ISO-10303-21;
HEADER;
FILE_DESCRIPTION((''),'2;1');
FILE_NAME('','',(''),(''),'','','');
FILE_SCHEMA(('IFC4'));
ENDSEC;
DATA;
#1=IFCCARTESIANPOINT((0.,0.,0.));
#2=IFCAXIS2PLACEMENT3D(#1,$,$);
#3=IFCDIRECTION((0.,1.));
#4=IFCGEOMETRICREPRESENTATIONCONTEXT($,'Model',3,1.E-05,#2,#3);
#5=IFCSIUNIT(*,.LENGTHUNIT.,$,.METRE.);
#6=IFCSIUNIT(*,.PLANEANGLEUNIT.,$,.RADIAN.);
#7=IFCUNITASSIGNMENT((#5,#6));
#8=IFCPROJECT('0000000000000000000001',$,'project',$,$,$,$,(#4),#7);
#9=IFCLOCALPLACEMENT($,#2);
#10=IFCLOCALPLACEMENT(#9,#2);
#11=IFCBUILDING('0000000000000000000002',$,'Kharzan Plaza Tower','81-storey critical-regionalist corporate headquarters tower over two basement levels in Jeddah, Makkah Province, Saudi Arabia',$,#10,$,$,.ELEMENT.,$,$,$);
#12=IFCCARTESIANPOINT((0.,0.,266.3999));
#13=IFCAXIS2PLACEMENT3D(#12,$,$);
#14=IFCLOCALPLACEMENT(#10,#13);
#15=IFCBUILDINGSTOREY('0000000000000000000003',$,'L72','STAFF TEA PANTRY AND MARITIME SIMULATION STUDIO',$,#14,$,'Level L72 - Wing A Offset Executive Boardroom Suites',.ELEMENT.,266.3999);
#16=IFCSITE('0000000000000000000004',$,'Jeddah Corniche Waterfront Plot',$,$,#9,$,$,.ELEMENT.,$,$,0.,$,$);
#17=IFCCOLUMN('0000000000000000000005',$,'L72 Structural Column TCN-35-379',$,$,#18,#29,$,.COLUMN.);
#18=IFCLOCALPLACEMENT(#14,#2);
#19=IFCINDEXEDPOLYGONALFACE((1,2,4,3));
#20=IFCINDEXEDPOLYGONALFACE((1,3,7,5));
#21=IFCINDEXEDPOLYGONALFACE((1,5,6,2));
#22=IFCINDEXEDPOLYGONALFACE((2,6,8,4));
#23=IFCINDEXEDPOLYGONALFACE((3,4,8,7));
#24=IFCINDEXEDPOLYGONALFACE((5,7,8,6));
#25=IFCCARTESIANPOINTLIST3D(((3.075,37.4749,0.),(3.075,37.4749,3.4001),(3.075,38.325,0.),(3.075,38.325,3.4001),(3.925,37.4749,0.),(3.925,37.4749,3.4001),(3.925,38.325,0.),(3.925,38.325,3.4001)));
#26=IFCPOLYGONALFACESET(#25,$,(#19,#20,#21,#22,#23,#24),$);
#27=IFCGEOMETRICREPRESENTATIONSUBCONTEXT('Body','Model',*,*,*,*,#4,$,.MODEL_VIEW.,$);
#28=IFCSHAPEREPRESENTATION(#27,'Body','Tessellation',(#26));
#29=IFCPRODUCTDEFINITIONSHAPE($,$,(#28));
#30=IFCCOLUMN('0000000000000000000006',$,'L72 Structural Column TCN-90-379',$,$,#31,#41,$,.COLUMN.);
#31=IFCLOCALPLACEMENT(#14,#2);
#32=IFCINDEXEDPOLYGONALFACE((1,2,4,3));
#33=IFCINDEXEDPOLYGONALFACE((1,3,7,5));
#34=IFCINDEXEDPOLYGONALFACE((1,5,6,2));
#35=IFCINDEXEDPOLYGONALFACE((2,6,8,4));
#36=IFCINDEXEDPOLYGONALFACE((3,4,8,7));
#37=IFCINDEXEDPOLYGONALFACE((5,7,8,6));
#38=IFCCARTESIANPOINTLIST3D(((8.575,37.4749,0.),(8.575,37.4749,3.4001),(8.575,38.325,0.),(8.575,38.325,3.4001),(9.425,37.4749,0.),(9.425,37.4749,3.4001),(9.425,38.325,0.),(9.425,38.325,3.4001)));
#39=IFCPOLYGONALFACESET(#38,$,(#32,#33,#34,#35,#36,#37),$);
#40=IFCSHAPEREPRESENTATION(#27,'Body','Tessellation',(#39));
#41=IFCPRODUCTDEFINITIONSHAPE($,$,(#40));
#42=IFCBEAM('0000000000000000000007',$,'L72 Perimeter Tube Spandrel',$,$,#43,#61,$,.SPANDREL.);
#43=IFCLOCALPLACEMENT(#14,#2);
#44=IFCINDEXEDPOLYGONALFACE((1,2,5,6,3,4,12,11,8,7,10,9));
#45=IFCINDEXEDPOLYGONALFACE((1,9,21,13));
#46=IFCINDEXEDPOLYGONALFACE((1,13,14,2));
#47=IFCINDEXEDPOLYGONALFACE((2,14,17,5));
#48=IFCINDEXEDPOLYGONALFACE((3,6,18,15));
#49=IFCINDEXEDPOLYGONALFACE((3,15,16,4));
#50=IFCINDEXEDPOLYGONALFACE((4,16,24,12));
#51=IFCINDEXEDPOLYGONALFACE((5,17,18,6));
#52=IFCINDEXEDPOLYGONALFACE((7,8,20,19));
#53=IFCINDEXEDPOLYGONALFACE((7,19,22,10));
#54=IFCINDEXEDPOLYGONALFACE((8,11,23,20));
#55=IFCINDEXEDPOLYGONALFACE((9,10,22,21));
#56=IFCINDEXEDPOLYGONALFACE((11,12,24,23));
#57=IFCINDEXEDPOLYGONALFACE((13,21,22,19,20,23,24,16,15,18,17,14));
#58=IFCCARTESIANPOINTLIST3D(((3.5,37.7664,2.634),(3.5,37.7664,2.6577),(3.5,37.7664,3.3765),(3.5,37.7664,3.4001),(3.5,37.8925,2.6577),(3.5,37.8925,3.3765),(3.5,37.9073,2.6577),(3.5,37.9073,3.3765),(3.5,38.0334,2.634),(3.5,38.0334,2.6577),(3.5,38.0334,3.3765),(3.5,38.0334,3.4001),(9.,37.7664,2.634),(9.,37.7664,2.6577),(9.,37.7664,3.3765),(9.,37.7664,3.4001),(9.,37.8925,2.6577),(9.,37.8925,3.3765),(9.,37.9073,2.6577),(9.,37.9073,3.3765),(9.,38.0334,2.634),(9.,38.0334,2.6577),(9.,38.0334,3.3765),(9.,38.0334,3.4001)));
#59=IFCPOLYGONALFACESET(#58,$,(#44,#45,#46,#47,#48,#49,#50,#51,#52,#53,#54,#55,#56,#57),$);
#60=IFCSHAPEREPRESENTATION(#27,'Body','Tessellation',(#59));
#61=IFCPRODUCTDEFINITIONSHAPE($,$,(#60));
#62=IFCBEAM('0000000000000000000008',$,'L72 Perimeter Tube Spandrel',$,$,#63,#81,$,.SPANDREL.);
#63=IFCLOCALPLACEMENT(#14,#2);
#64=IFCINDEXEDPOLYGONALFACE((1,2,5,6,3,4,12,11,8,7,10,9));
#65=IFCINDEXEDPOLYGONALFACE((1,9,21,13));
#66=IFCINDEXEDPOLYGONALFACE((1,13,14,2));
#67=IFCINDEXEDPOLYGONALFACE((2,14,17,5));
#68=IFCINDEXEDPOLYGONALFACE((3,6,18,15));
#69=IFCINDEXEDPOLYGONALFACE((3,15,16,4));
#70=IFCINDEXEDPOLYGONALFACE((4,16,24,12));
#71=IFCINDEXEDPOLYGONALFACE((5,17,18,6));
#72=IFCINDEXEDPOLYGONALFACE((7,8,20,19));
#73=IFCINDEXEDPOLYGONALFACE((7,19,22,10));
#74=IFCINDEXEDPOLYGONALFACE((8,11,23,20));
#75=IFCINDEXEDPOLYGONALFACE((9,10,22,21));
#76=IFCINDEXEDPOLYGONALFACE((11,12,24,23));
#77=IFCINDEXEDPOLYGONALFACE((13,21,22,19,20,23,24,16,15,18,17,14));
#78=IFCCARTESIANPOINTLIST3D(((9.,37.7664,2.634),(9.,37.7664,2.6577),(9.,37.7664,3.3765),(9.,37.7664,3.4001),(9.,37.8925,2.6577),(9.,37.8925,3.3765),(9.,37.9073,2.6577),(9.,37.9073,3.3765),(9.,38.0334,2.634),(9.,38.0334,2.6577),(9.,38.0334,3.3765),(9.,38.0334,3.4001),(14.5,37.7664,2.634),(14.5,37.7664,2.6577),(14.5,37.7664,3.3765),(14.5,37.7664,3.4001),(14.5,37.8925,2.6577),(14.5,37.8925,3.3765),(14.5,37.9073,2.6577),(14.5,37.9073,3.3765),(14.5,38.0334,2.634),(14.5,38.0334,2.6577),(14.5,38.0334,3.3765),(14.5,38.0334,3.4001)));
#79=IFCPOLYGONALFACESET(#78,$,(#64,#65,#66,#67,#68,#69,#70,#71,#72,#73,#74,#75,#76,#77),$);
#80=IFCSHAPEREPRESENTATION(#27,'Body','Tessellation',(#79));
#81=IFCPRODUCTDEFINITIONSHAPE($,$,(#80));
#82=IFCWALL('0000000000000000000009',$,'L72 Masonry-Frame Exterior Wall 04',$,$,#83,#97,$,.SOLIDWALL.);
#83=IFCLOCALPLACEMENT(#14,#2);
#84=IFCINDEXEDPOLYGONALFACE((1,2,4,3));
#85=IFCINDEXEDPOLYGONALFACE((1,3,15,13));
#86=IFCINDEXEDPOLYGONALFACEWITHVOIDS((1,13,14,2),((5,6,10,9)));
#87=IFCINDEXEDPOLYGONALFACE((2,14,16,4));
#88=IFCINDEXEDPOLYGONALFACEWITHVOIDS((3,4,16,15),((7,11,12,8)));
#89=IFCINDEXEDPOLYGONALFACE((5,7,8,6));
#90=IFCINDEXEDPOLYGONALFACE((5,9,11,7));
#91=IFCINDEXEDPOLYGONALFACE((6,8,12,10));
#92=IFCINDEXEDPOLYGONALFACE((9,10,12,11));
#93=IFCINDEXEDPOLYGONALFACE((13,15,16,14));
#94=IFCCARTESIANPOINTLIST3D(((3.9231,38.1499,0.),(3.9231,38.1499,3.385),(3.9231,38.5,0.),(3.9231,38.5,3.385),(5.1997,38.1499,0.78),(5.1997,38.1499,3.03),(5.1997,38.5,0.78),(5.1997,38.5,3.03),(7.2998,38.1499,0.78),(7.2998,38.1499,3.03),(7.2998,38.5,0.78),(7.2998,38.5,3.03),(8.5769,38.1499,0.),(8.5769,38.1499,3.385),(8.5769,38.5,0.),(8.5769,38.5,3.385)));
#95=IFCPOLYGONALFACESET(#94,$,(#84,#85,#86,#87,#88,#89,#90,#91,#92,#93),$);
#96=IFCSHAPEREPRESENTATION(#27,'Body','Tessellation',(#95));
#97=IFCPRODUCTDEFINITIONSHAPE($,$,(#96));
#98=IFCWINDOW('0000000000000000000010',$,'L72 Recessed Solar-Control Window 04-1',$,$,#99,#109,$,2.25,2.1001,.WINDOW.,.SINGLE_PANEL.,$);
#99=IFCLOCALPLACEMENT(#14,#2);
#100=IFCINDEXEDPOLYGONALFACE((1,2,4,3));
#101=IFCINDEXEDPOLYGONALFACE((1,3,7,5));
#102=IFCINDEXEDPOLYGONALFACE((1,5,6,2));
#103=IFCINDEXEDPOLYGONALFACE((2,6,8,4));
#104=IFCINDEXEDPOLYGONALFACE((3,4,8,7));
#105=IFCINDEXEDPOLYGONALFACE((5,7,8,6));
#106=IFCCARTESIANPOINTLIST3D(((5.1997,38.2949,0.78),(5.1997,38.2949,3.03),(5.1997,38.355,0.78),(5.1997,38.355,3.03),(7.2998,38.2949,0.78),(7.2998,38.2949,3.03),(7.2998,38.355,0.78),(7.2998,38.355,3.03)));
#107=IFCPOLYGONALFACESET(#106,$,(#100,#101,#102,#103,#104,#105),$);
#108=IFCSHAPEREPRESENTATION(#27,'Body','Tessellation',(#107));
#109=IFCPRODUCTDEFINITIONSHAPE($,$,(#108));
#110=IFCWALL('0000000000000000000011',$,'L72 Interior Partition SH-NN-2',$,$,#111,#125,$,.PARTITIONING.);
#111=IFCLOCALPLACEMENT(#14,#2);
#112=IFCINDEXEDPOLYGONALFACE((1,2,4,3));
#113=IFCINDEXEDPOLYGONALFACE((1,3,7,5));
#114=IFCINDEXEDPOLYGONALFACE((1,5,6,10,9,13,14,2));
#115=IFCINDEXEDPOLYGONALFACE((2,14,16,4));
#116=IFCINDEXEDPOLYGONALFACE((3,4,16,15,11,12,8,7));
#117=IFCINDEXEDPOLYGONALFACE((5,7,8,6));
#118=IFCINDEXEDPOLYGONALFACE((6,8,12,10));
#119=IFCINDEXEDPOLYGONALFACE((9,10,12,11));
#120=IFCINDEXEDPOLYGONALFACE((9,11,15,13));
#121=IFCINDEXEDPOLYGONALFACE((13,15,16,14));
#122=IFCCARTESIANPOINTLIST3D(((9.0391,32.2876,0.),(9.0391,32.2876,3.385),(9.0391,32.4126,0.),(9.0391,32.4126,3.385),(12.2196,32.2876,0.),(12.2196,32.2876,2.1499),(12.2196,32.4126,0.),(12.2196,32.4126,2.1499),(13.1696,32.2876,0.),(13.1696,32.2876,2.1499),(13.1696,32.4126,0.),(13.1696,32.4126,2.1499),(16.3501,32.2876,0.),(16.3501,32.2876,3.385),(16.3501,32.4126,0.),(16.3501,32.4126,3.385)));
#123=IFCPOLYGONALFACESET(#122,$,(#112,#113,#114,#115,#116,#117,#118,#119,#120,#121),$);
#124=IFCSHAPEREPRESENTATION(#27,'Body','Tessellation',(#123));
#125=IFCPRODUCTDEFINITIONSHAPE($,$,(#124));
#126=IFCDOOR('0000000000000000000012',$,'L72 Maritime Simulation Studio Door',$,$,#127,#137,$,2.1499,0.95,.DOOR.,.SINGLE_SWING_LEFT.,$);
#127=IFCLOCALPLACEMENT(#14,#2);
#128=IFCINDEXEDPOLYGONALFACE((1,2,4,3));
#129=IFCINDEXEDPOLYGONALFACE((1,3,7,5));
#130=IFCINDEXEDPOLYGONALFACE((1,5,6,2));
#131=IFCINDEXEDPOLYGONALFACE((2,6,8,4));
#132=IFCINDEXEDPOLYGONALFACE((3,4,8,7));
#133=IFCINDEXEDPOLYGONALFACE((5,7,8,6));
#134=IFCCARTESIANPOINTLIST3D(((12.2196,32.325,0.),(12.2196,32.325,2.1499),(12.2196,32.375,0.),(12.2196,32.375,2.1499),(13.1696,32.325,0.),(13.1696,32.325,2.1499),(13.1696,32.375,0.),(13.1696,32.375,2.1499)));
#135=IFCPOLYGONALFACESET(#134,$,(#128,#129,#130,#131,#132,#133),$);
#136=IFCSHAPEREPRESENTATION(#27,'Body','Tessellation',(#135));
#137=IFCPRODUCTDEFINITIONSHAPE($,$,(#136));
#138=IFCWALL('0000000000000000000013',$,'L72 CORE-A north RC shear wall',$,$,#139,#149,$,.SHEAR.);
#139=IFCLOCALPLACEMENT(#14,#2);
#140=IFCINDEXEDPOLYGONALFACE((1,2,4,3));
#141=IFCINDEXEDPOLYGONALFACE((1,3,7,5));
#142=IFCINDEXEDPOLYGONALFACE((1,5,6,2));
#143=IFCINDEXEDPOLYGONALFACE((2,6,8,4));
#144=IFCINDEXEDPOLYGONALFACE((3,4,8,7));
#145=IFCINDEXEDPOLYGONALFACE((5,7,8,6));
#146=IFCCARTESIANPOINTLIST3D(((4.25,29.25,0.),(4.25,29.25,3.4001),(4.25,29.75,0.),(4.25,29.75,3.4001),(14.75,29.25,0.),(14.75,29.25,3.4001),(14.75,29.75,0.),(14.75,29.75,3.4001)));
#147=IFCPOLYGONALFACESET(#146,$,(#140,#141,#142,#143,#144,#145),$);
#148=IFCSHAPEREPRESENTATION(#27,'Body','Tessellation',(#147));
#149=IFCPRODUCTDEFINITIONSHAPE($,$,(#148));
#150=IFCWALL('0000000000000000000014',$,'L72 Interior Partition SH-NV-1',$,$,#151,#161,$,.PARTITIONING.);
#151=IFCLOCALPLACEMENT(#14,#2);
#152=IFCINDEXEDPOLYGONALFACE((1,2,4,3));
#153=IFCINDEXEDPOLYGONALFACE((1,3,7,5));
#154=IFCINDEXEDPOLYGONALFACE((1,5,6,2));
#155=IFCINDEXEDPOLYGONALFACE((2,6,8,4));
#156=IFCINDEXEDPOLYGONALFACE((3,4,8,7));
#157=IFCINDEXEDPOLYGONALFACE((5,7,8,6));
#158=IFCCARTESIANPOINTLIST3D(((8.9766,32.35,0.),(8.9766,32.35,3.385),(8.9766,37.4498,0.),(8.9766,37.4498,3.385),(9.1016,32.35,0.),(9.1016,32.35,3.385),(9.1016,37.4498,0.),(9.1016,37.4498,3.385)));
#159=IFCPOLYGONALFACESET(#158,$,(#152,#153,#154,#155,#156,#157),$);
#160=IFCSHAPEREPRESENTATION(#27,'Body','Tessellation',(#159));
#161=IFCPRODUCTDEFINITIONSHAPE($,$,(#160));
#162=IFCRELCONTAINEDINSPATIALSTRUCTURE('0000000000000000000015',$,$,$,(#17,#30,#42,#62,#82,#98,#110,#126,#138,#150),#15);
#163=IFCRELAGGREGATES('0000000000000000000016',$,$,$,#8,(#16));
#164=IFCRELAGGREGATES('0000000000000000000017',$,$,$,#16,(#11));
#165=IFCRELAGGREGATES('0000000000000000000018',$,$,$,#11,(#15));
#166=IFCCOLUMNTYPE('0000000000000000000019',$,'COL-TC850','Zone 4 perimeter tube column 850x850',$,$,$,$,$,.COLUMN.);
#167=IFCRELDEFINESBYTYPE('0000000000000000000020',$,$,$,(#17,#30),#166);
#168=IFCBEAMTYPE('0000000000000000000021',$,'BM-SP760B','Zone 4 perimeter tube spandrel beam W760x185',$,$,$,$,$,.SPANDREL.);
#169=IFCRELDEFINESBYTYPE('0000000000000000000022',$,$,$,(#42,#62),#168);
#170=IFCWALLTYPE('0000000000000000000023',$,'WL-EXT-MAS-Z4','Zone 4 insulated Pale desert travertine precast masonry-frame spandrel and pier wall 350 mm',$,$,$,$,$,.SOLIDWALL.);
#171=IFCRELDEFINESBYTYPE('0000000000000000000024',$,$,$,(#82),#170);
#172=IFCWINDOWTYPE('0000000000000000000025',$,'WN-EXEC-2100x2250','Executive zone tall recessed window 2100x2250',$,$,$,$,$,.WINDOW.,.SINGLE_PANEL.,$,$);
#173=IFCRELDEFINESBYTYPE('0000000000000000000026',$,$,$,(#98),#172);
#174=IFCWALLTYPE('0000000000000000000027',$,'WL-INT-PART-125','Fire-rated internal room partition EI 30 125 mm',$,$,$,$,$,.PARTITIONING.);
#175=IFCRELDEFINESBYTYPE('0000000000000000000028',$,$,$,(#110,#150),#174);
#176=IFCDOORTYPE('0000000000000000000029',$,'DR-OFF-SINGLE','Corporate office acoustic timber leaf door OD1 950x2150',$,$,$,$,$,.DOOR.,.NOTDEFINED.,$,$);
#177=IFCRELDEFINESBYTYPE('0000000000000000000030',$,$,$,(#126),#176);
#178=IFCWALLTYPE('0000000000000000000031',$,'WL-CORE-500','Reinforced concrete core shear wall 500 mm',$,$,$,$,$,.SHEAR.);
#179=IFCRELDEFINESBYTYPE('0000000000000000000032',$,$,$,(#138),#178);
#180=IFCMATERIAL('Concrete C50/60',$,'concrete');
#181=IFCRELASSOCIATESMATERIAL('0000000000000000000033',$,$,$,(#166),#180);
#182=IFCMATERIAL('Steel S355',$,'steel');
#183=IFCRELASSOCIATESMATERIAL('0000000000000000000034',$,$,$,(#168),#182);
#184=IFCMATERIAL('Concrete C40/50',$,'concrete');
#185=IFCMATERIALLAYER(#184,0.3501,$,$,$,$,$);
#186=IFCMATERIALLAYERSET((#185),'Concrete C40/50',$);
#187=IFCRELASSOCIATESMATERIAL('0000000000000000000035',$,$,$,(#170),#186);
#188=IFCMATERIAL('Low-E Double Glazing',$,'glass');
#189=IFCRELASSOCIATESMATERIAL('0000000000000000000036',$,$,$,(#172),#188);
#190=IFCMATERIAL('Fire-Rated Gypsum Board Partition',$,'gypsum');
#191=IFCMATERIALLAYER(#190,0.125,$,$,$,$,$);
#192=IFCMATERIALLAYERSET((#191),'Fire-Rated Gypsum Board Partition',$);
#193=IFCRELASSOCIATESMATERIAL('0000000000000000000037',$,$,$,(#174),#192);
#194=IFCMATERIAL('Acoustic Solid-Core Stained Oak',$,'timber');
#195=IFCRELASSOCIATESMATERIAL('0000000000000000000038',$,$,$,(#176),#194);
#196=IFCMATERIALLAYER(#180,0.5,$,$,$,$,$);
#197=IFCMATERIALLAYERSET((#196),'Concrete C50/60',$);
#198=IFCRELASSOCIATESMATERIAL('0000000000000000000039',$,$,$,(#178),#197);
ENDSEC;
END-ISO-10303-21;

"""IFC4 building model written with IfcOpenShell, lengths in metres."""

from ifc_helpers import new_model, si_unit, direction, frame, frame_2d, origin, origin_2d, place, context, subcontext, project, spatial, rectangle, i_section, extrude, source, transform, mapped, material, layer, layer_set, material_profile, profile_set, type_object, element, fill, save


model = new_model("IFC4")

# Units and contexts
model_context = context("Model", 3, precision=1e-05, world=origin(), true_north=direction((0.0, 1.0)))
body_context = subcontext(model_context, "Body", "Model", "MODEL_VIEW")
ifc_project = project(units=[si_unit("LENGTHUNIT", "METRE"), si_unit("PLANEANGLEUNIT", "RADIAN")], contexts=[model_context])

# Site, building, storey
site_placement = place(None, origin())
site = spatial("IfcSite", under=ifc_project, at=site_placement, Name="Jeddah Corniche Waterfront Plot", CompositionType="ELEMENT", RefElevation=0.0)
building_placement = place(site_placement, origin())
building = spatial("IfcBuilding", under=site, at=building_placement, Name="Kharzan Plaza Tower", Description="81-storey critical-regionalist corporate headquarters tower over two basement levels in Jeddah, Makkah Province, Saudi Arabia", CompositionType="ELEMENT")
storey_placement = place(building_placement, frame((0.0, 0.0, 266.3999)))
storey = spatial("IfcBuildingStorey", under=building, at=storey_placement, Name="L72", Description="STAFF TEA PANTRY AND MARITIME SIMULATION STUDIO", LongName="Level L72 - Wing A Offset Executive Boardroom Suites", CompositionType="ELEMENT", Elevation=266.3999)

# Columns
ifc_material_1 = material(Name="Concrete C50/60", Category="concrete")
ifc_material_profile_1 = material_profile(ifc_material_1, rectangle(XDim=0.8501, YDim=0.8501, at=origin_2d()), Name="RC-TC850x850")
ifc_profile_set_1 = profile_set([ifc_material_profile_1], Name="Concrete C50/60")
column_type = type_object("IfcColumnType", Name="COL-TC850", Description="Zone 4 perimeter tube column 850x850", PredefinedType="COLUMN", material=ifc_profile_set_1)
shared_shape_1 = source(origin(), body_context, "Body", "SweptSolid", [
    extrude(rectangle(XDim=0.8501, YDim=0.8501, at=origin_2d()), origin(), (0.0, 0.0, 1.0), 3.4001),
])
for number, where, z_axis, x_axis, name in (
    (1, (3.5, 37.8999, 0.0), (0.0, 0.0, 1.0), (1.0, 0.0, 0.0), "L72 Structural Column TCN-35-379"),
    (2, (9.0, 37.8999, 0.0), (0.0, 0.0, 1.0), (1.0, 0.0, 0.0), "L72 Structural Column TCN-90-379"),
):
    element("IfcColumn", number, at=place(storey_placement, frame(where, z_axis=z_axis, x_axis=x_axis)), inside=storey, type_object=column_type, Name=name, PredefinedType="COLUMN", context=body_context, shape_type="MappedRepresentation", body=[
        mapped(shared_shape_1, transform((0.0, 0.0, 0.0), x_axis=(1.0, 0.0, 0.0), y_axis=(0.0, 1.0, 0.0), z_axis=(0.0, 0.0, 1.0))),
    ])

# Beams
ifc_material_2 = material(Name="Steel S355", Category="steel")
ifc_material_profile_2 = material_profile(ifc_material_2, i_section(OverallWidth=0.2671, OverallDepth=0.7661, WebThickness=0.0149, FlangeThickness=0.0237, at=origin_2d()), Name="W760x185")
ifc_profile_set_2 = profile_set([ifc_material_profile_2], Name="Steel S355")
beam_type = type_object("IfcBeamType", Name="BM-SP760B", Description="Zone 4 perimeter tube spandrel beam W760x185", PredefinedType="SPANDREL", material=ifc_profile_set_2)
shared_shape_2 = source(origin(), body_context, "Body", "SweptSolid", [
    extrude(i_section(OverallWidth=0.2671, OverallDepth=0.7661, WebThickness=0.0149, FlangeThickness=0.0237, at=origin_2d()), origin(), (0.0, 0.0, 1.0), 5.5),
])
for number, where, z_axis, x_axis, name in (
    (3, (3.5, 37.8999, 3.0171), (1.0, 0.0, 0.0), (0.0, 1.0, 0.0), "L72 Perimeter Tube Spandrel"),
    (4, (9.0, 37.8999, 3.0171), (1.0, 0.0, 0.0), (0.0, 1.0, 0.0), "L72 Perimeter Tube Spandrel"),
):
    element("IfcBeam", number, at=place(storey_placement, frame(where, z_axis=z_axis, x_axis=x_axis)), inside=storey, type_object=beam_type, Name=name, PredefinedType="SPANDREL", context=body_context, shape_type="MappedRepresentation", body=[
        mapped(shared_shape_2, transform((0.0, 0.0, 0.0), x_axis=(1.0, 0.0, 0.0), y_axis=(0.0, 1.0, 0.0), z_axis=(0.0, 0.0, 1.0))),
    ])

# Wall, opening, window
ifc_material_3 = material(Name="Concrete C40/50", Category="concrete")
ifc_layer_1 = layer(ifc_material_3, 0.3501)
ifc_layer_set_1 = layer_set([ifc_layer_1], Name="Concrete C40/50")
wall_type_1 = type_object("IfcWallType", Name="WL-EXT-MAS-Z4", Description="Zone 4 insulated Pale desert travertine precast masonry-frame spandrel and pier wall 350 mm", PredefinedType="SOLIDWALL", material=ifc_layer_set_1)
wall_1_placement = place(storey_placement, frame((8.5769, 38.325, 0.0), z_axis=(0.0, 0.0, 1.0), x_axis=(-1.0, 0.0, 0.0)))
wall_1 = element("IfcWall", 5, at=wall_1_placement, inside=storey, type_object=wall_type_1, Name="L72 Masonry-Frame Exterior Wall 04", PredefinedType="SOLIDWALL", context=body_context, shape_type="SweptSolid", body=[
    extrude(rectangle(XDim=4.6538, YDim=0.3501, at=frame_2d((2.3269, 0.0))), origin(), (0.0, 0.0, 1.0), 3.385),
])
opening_1_placement = place(wall_1_placement, frame((1.2771, 0.0, 0.78)))
opening_1 = element("IfcOpeningElement", 6, at=opening_1_placement, cuts=wall_1, PredefinedType="OPENING", context=body_context, shape_type="SweptSolid", body=[
    extrude(rectangle(XDim=2.1001, YDim=2.25, at=frame_2d((1.05, 1.125))), frame((0.0, 0.1851, 0.0), z_axis=(0.0, -1.0, 0.0), x_axis=(1.0, 0.0, 0.0)), (0.0, 0.0, 1.0), 0.3701),
])
ifc_material_4 = material(Name="Low-E Double Glazing", Category="glass")
window_type = type_object("IfcWindowType", Name="WN-EXEC-2100x2250", Description="Executive zone tall recessed window 2100x2250", PartitioningType="SINGLE_PANEL", PredefinedType="WINDOW", material=ifc_material_4)
shared_shape_3 = source(origin(), body_context, "Body", "SweptSolid", [
    extrude(rectangle(XDim=2.1001, YDim=2.25, at=frame_2d((1.05, 1.125))), frame((0.0, 0.03, 0.0), z_axis=(0.0, -1.0, 0.0), x_axis=(1.0, 0.0, 0.0)), (0.0, 0.0, 1.0), 0.0601),
])
window_placement = place(opening_1_placement, origin())
window = element("IfcWindow", 7, at=window_placement, inside=storey, type_object=window_type, Name="L72 Recessed Solar-Control Window 04-1", OverallHeight=2.25, OverallWidth=2.1001, PartitioningType="SINGLE_PANEL", PredefinedType="WINDOW", context=body_context, shape_type="MappedRepresentation", body=[
    mapped(shared_shape_3, transform((0.0, 0.0, 0.0), x_axis=(1.0, 0.0, 0.0), y_axis=(0.0, 1.0, 0.0), z_axis=(0.0, 0.0, 1.0))),
])
fill(opening_1, window)

# Wall, opening, door
ifc_material_5 = material(Name="Fire-Rated Gypsum Board Partition", Category="gypsum")
ifc_layer_2 = layer(ifc_material_5, 0.125)
ifc_layer_set_2 = layer_set([ifc_layer_2], Name="Fire-Rated Gypsum Board Partition")
wall_type_2 = type_object("IfcWallType", Name="WL-INT-PART-125", Description="Fire-rated internal room partition EI 30 125 mm", PredefinedType="PARTITIONING", material=ifc_layer_set_2)
wall_2_placement = place(storey_placement, frame((9.0391, 32.3501, 0.0), z_axis=(0.0, 0.0, 1.0), x_axis=(1.0, 0.0, 0.0)))
wall_2 = element("IfcWall", 8, at=wall_2_placement, inside=storey, type_object=wall_type_2, Name="L72 Interior Partition SH-NN-2", PredefinedType="PARTITIONING", context=body_context, shape_type="SweptSolid", body=[
    extrude(rectangle(XDim=7.311, YDim=0.125, at=frame_2d((3.6555, 0.0))), origin(), (0.0, 0.0, 1.0), 3.385),
])
opening_2_placement = place(wall_2_placement, frame((3.1804, 0.0, 0.0)))
opening_2 = element("IfcOpeningElement", 9, at=opening_2_placement, cuts=wall_2, PredefinedType="OPENING", context=body_context, shape_type="SweptSolid", body=[
    extrude(rectangle(XDim=0.95, YDim=2.1499, at=frame_2d((0.4751, 1.075))), frame((0.0, 0.0725, 0.0), z_axis=(0.0, -1.0, 0.0), x_axis=(1.0, 0.0, 0.0)), (0.0, 0.0, 1.0), 0.145),
])
ifc_material_6 = material(Name="Acoustic Solid-Core Stained Oak", Category="timber")
door_type = type_object("IfcDoorType", Name="DR-OFF-SINGLE", Description="Corporate office acoustic timber leaf door OD1 950x2150", OperationType="NOTDEFINED", PredefinedType="DOOR", material=ifc_material_6)
shared_shape_4 = source(origin(), body_context, "Body", "SweptSolid", [
    extrude(rectangle(XDim=0.95, YDim=2.1499, at=frame_2d((0.4751, 1.075))), frame((0.0, 0.0249, 0.0), z_axis=(0.0, -1.0, 0.0), x_axis=(1.0, 0.0, 0.0)), (0.0, 0.0, 1.0), 0.05),
])
door_placement = place(opening_2_placement, origin())
door = element("IfcDoor", 10, at=door_placement, inside=storey, type_object=door_type, Name="L72 Maritime Simulation Studio Door", OperationType="SINGLE_SWING_LEFT", OverallHeight=2.1499, OverallWidth=0.95, PredefinedType="DOOR", context=body_context, shape_type="MappedRepresentation", body=[
    mapped(shared_shape_4, transform((0.0, 0.0, 0.0), x_axis=(1.0, 0.0, 0.0), y_axis=(0.0, 1.0, 0.0), z_axis=(0.0, 0.0, 1.0))),
])
fill(opening_2, door)

# Walls
ifc_layer_3 = layer(ifc_material_1, 0.5)
ifc_layer_set_3 = layer_set([ifc_layer_3], Name="Concrete C50/60")
wall_type_3 = type_object("IfcWallType", Name="WL-CORE-500", Description="Reinforced concrete core shear wall 500 mm", PredefinedType="SHEAR", material=ifc_layer_set_3)
shared_shape_5 = source(origin(), body_context, "Body", "SweptSolid", [
    extrude(rectangle(XDim=10.5, YDim=0.5, at=frame_2d((5.25, 0.0))), origin(), (0.0, 0.0, 1.0), 3.4001),
])
wall_3_placement = place(storey_placement, frame((4.25, 29.5, 0.0), z_axis=(0.0, 0.0, 1.0), x_axis=(1.0, 0.0, 0.0)))
element("IfcWall", 11, at=wall_3_placement, inside=storey, type_object=wall_type_3, Name="L72 CORE-A north RC shear wall", PredefinedType="SHEAR", context=body_context, shape_type="MappedRepresentation", body=[
    mapped(shared_shape_5, transform((0.0, 0.0, 0.0), x_axis=(1.0, 0.0, 0.0), y_axis=(0.0, 1.0, 0.0), z_axis=(0.0, 0.0, 1.0))),
])
shared_shape_6 = source(origin(), body_context, "Body", "SweptSolid", [
    extrude(rectangle(XDim=5.0999, YDim=0.125, at=frame_2d((2.5498, 0.0))), origin(), (0.0, 0.0, 1.0), 3.385),
])
wall_4_placement = place(storey_placement, frame((9.0391, 32.3501, 0.0), z_axis=(0.0, 0.0, 1.0), x_axis=(0.0, 1.0, 0.0)))
element("IfcWall", 12, at=wall_4_placement, inside=storey, type_object=wall_type_2, Name="L72 Interior Partition SH-NV-1", PredefinedType="PARTITIONING", context=body_context, shape_type="MappedRepresentation", body=[
    mapped(shared_shape_6, transform((0.0, 0.0, 0.0), x_axis=(1.0, 0.0, 0.0), y_axis=(0.0, 1.0, 0.0), z_axis=(0.0, 0.0, 1.0))),
])

save(model, "model.ifc")
